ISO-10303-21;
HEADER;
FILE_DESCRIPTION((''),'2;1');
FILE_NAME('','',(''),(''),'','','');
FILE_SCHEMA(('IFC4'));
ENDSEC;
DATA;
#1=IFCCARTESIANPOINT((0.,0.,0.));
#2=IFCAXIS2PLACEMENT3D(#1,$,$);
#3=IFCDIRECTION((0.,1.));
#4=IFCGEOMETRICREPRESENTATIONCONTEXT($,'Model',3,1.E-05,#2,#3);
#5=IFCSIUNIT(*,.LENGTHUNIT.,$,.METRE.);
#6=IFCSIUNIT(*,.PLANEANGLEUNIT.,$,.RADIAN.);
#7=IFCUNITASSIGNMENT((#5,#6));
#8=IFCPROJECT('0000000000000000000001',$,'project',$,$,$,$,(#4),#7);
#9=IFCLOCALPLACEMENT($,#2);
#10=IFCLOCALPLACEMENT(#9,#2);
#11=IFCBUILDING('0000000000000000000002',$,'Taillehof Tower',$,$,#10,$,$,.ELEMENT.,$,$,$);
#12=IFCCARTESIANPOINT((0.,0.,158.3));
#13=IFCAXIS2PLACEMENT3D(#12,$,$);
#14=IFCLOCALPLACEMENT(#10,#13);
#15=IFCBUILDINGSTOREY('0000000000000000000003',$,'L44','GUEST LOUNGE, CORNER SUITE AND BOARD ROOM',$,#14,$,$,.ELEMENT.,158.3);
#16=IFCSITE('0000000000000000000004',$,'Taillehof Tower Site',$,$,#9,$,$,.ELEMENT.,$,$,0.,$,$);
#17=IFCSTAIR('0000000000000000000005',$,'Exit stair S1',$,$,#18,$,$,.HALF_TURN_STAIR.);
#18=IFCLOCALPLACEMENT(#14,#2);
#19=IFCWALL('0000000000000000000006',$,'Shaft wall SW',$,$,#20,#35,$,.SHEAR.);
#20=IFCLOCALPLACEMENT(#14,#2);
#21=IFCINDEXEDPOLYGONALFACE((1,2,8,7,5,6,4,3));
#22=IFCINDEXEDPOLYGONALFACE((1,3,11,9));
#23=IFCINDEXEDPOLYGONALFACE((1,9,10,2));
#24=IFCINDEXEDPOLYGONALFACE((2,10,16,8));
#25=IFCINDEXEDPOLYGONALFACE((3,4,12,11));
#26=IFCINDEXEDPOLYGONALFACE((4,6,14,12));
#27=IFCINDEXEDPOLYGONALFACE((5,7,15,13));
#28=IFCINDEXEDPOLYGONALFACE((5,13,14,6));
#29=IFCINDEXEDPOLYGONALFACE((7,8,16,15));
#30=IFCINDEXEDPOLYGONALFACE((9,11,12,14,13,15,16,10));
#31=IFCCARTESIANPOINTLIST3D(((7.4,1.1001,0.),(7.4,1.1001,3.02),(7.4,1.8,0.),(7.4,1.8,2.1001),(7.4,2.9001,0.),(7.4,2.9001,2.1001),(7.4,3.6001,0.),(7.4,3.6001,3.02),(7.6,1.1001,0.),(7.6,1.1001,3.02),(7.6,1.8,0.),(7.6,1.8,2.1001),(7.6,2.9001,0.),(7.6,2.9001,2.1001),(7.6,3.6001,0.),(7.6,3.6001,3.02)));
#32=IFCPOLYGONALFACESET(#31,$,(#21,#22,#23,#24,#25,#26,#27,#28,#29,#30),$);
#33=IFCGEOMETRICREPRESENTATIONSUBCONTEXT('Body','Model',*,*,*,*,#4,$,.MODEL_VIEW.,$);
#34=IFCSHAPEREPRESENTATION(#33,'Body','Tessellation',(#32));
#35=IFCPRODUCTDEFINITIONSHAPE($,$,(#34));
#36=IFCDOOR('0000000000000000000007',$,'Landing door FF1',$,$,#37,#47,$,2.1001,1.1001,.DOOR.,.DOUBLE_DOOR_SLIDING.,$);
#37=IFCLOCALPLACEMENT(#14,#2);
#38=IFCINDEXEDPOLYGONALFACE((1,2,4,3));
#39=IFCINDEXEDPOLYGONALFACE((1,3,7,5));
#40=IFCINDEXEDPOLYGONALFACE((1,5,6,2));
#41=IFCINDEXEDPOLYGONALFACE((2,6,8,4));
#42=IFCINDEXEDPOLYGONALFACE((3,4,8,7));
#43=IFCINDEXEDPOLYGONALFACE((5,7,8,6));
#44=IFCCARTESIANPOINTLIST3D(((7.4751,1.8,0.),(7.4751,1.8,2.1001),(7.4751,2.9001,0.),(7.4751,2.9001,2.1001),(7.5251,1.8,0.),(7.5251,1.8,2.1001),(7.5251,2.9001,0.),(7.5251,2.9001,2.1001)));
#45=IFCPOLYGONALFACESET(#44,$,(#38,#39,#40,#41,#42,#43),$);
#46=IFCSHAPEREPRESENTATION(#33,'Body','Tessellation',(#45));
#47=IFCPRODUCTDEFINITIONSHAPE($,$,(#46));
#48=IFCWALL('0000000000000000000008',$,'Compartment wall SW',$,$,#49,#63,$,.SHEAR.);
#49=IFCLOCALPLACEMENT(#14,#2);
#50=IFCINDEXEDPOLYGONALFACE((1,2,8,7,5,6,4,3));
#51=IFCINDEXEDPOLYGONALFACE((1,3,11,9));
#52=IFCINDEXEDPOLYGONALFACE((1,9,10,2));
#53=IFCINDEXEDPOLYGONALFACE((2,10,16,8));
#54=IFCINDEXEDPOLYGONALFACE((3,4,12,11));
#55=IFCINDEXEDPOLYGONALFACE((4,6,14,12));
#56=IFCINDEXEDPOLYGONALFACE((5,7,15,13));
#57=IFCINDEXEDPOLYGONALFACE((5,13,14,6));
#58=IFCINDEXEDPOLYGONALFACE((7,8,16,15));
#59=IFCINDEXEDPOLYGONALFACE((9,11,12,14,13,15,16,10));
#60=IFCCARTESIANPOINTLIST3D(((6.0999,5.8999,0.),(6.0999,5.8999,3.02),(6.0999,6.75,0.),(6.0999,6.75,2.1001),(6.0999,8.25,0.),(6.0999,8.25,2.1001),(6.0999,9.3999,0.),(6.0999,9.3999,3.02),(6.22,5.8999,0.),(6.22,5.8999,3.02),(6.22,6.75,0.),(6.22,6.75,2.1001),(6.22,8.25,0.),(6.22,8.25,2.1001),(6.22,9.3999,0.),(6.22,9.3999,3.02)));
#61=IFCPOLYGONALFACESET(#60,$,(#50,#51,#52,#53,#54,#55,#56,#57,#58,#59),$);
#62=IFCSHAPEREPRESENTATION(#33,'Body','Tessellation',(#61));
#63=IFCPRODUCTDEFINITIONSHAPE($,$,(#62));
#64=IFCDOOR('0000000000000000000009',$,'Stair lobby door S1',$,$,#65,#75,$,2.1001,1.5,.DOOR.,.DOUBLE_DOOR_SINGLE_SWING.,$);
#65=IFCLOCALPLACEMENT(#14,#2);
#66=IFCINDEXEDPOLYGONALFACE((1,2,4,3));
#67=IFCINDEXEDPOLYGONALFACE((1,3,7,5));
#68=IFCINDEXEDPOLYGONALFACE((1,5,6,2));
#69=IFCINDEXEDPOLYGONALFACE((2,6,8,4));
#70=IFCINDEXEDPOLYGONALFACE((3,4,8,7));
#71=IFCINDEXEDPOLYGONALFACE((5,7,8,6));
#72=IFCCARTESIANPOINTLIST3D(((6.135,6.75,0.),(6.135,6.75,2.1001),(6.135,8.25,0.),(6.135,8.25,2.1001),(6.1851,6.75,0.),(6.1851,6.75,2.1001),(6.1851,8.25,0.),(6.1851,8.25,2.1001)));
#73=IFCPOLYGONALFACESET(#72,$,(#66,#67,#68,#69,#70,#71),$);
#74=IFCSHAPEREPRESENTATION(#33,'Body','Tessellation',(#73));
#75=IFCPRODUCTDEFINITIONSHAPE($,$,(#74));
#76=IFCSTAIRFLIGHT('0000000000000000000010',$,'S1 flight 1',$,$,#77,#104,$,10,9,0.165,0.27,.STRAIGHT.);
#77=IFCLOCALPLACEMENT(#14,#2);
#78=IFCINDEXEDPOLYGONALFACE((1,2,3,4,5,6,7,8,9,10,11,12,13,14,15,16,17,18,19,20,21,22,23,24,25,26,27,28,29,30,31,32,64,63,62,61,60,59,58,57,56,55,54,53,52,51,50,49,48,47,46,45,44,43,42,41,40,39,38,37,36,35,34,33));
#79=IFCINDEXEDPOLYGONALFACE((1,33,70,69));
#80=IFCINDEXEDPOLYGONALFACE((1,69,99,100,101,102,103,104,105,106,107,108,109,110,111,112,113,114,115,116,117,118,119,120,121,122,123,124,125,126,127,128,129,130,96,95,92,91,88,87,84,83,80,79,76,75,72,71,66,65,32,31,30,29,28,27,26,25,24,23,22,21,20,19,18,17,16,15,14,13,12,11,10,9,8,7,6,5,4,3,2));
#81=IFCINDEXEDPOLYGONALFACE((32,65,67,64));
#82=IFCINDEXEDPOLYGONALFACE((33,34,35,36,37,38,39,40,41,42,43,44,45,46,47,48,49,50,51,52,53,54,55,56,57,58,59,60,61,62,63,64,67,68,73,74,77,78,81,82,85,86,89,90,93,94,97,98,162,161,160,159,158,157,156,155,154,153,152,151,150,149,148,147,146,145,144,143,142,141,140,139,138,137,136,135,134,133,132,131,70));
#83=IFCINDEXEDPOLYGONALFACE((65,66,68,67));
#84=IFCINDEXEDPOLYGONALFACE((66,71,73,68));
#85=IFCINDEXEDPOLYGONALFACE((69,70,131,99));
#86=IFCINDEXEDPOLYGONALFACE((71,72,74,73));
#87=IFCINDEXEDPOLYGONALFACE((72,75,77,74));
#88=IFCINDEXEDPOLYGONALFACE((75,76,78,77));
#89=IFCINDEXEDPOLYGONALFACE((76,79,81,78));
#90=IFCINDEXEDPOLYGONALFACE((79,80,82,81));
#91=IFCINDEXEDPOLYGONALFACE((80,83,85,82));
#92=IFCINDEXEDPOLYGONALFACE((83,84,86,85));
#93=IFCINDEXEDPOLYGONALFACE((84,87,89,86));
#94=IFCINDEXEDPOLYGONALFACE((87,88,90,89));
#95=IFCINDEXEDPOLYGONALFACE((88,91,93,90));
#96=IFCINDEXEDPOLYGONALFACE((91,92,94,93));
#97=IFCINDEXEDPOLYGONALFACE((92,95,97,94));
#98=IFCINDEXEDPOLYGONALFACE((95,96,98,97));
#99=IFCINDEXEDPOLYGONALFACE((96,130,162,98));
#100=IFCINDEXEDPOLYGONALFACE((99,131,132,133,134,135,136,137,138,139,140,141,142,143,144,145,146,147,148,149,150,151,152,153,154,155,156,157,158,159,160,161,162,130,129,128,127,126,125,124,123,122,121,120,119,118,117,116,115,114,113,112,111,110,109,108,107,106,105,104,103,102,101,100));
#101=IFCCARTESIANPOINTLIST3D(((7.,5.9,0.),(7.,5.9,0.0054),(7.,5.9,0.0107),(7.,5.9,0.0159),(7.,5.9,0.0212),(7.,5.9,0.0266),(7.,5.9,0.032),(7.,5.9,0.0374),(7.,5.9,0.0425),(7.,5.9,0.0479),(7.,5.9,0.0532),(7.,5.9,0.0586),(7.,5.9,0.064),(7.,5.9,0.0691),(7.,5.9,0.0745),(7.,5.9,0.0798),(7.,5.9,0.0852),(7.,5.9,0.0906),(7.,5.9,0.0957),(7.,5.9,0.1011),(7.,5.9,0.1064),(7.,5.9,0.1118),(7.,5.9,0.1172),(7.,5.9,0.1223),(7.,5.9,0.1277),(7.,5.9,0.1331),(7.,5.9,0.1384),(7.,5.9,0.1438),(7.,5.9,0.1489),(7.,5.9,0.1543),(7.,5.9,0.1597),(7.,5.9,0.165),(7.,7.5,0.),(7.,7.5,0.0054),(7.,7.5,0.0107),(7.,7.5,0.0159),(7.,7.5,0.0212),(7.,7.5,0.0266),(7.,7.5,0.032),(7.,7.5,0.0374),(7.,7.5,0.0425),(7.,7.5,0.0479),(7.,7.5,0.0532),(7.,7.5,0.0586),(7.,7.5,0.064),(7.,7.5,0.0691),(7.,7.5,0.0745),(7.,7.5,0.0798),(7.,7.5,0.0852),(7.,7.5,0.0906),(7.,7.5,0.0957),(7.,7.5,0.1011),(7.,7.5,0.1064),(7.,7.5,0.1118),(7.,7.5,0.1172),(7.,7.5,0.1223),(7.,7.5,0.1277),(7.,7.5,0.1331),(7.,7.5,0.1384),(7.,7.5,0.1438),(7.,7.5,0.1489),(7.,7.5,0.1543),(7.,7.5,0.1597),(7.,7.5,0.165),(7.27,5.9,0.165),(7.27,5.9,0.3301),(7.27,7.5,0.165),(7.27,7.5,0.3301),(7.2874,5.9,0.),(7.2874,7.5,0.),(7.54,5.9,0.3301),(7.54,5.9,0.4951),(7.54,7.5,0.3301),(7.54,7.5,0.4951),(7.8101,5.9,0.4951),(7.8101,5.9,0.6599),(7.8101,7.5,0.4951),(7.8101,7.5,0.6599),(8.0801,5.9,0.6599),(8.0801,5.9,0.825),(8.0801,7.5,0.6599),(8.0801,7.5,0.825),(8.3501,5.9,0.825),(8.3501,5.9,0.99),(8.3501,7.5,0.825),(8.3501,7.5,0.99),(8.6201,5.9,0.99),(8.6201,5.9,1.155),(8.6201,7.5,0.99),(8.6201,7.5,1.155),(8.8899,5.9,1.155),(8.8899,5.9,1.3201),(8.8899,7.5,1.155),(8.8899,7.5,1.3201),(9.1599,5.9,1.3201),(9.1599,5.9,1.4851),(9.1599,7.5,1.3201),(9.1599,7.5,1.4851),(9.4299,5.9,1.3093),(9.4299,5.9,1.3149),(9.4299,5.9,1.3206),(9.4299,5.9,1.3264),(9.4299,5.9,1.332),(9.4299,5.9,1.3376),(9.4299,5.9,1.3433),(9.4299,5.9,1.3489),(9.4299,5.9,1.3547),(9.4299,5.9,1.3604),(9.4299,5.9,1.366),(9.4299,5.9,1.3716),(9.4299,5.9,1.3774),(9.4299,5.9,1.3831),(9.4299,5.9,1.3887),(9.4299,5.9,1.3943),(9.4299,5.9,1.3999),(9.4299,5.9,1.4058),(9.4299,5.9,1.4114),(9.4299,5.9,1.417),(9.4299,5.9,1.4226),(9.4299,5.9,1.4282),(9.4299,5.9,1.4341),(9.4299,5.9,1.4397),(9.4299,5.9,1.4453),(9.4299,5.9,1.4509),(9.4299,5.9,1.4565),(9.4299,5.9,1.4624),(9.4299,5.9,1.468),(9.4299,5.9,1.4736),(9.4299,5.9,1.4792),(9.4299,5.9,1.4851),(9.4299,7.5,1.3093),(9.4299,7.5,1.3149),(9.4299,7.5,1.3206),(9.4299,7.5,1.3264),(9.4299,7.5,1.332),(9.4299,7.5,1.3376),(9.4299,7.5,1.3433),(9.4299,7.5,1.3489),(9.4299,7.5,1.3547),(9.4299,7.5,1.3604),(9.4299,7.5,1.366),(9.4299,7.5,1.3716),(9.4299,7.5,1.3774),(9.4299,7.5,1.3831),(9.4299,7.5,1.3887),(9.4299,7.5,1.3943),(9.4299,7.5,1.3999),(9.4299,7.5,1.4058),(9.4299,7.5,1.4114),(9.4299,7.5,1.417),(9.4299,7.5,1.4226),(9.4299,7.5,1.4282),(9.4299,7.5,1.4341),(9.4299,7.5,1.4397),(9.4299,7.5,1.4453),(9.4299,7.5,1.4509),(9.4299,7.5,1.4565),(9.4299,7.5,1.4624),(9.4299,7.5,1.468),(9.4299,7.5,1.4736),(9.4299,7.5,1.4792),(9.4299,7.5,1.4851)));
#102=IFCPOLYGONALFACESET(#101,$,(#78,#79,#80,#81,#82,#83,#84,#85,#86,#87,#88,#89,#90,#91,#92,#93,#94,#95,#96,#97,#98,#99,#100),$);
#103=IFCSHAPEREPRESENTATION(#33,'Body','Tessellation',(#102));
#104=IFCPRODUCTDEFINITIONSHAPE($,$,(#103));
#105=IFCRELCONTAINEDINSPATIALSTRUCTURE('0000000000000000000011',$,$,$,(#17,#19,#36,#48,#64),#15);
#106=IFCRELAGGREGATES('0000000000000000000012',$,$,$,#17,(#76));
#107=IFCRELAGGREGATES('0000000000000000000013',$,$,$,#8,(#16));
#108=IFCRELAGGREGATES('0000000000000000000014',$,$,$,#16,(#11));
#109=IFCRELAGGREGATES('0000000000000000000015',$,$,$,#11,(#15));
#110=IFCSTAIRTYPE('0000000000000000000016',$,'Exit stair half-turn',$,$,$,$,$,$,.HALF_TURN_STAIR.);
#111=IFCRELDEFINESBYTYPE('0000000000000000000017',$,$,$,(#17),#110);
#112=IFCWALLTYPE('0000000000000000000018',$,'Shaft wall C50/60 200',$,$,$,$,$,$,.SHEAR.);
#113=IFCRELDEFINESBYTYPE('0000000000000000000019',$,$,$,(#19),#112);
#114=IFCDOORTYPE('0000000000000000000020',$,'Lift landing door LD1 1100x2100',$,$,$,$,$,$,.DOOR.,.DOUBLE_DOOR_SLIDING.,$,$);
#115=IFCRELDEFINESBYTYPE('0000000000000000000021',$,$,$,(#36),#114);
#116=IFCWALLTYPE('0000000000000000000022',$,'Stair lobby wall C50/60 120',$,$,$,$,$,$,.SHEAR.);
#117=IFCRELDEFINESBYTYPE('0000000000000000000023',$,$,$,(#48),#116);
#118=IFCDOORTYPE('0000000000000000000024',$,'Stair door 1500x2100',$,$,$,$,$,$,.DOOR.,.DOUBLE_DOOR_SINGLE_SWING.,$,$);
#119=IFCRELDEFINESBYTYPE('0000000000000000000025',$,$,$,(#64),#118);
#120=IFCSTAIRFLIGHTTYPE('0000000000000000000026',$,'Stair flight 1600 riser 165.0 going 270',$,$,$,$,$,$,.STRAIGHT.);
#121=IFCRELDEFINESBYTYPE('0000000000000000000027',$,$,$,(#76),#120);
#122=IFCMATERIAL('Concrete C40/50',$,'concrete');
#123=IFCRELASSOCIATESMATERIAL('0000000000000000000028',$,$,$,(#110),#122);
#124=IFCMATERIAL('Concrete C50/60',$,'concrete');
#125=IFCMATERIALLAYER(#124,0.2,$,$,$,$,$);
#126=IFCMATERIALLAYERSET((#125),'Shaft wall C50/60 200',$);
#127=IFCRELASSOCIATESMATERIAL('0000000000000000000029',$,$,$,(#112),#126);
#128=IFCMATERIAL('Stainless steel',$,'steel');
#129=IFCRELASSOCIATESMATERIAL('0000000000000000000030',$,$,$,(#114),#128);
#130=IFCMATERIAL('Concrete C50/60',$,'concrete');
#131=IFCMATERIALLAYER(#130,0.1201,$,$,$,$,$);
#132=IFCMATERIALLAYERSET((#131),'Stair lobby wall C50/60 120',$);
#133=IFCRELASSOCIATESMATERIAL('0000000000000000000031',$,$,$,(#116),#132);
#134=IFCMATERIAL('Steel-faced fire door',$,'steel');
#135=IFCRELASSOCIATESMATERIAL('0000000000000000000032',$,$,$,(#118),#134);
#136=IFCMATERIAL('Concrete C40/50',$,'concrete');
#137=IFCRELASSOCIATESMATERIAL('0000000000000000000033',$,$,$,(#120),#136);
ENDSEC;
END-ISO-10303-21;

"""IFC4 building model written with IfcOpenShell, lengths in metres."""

from ifc_helpers import new_model, si_unit, direction, frame, frame_2d, origin, place, context, subcontext, project, spatial, polyline, rectangle, outline, extrude, material, layer, layer_set, type_object, element, fill, aggregate, save


model = new_model("IFC4")

# Units and contexts
model_context = context("Model", 3, precision=1e-05, world=origin(), true_north=direction((0.0, 1.0)))
body_context = subcontext(model_context, "Body", "Model", "MODEL_VIEW")
ifc_project = project(units=[si_unit("LENGTHUNIT", "METRE"), si_unit("PLANEANGLEUNIT", "RADIAN")], contexts=[model_context])

# Site, building, storey
site_placement = place(None, origin())
site = spatial("IfcSite", under=ifc_project, at=site_placement, Name="Taillehof Tower Site", CompositionType="ELEMENT", RefElevation=0.0)
building_placement = place(site_placement, origin())
building = spatial("IfcBuilding", under=site, at=building_placement, Name="Taillehof Tower", CompositionType="ELEMENT")
storey_placement = place(building_placement, frame((0.0, 0.0, 158.3)))
storey = spatial("IfcBuildingStorey", under=building, at=storey_placement, Name="L44", Description="GUEST LOUNGE, CORNER SUITE AND BOARD ROOM", CompositionType="ELEMENT", Elevation=158.3)

# Stair
ifc_material_1 = material(Name="Concrete C40/50", Category="concrete")
stair_type = type_object("IfcStairType", Name="Exit stair half-turn", PredefinedType="HALF_TURN_STAIR", material=ifc_material_1)
stair_1_placement = place(storey_placement, origin())
stair_1 = element("IfcStair", 1, at=stair_1_placement, inside=storey, type_object=stair_type, Name="Exit stair S1", PredefinedType="HALF_TURN_STAIR")

# Shared definitions
ifc_material_2 = material(Name="Concrete C50/60", Category="concrete")
ifc_layer_1 = layer(ifc_material_2, 0.2)
ifc_layer_set_1 = layer_set([ifc_layer_1], Name="Shaft wall C50/60 200")
wall_type_1 = type_object("IfcWallType", Name="Shaft wall C50/60 200", PredefinedType="SHEAR", material=ifc_layer_set_1)
ifc_material_3 = material(Name="Stainless steel", Category="steel")
door_type_1 = type_object("IfcDoorType", Name="Lift landing door LD1 1100x2100", OperationType="DOUBLE_DOOR_SLIDING", PredefinedType="DOOR", material=ifc_material_3)

# Walls, openings, doors
wall_1_placement = place(storey_placement, frame((7.5, 1.1001, 0.0), z_axis=(0.0, 0.0, 1.0), x_axis=(0.0, 1.0, 0.0)))
wall_1 = element("IfcWall", 2, at=wall_1_placement, inside=storey, type_object=wall_type_1, Name="Shaft wall SW", PredefinedType="SHEAR", context=body_context, shape_type="SweptSolid", body=[
    extrude(rectangle(XDim=2.5, YDim=0.2, at=frame_2d((1.25, 0.0))), origin(), (0.0, 0.0, 1.0), 3.02),
])
opening_1_placement = place(wall_1_placement, frame((0.7, 0.0, 0.0)))
opening_1 = element("IfcOpeningElement", 3, at=opening_1_placement, cuts=wall_1, PredefinedType="OPENING", context=body_context, shape_type="SweptSolid", body=[
    extrude(rectangle(XDim=1.1001, YDim=2.1001, at=frame_2d((0.55, 1.05))), frame((0.0, 0.1099, 0.0), z_axis=(0.0, -1.0, 0.0), x_axis=(1.0, 0.0, 0.0)), (0.0, 0.0, 1.0), 0.22),
])
door_1_placement = place(opening_1_placement, origin())
door_1 = element("IfcDoor", 4, at=door_1_placement, inside=storey, type_object=door_type_1, Name="Landing door FF1", OperationType="DOUBLE_DOOR_SLIDING", OverallHeight=2.1001, OverallWidth=1.1001, PredefinedType="DOOR", context=body_context, shape_type="SweptSolid", body=[
    extrude(rectangle(XDim=1.1001, YDim=2.1001, at=frame_2d((0.55, 1.05))), frame((0.0, 0.0249, 0.0), z_axis=(0.0, -1.0, 0.0), x_axis=(1.0, 0.0, 0.0)), (0.0, 0.0, 1.0), 0.05),
])
fill(opening_1, door_1)
ifc_material_4 = material(Name="Concrete C50/60", Category="concrete")
ifc_layer_2 = layer(ifc_material_4, 0.1201)
ifc_layer_set_2 = layer_set([ifc_layer_2], Name="Stair lobby wall C50/60 120")
wall_type_2 = type_object("IfcWallType", Name="Stair lobby wall C50/60 120", PredefinedType="SHEAR", material=ifc_layer_set_2)
wall_2_placement = place(storey_placement, frame((6.1599, 5.8999, 0.0), z_axis=(0.0, 0.0, 1.0), x_axis=(0.0, 1.0, 0.0)))
wall_2 = element("IfcWall", 5, at=wall_2_placement, inside=storey, type_object=wall_type_2, Name="Compartment wall SW", PredefinedType="SHEAR", context=body_context, shape_type="SweptSolid", body=[
    extrude(rectangle(XDim=3.5, YDim=0.1201, at=frame_2d((1.75, 0.0))), origin(), (0.0, 0.0, 1.0), 3.02),
])
opening_2_placement = place(wall_2_placement, frame((0.8501, 0.0, 0.0)))
opening_2 = element("IfcOpeningElement", 6, at=opening_2_placement, cuts=wall_2, PredefinedType="OPENING", context=body_context, shape_type="SweptSolid", body=[
    extrude(rectangle(XDim=1.5, YDim=2.1001, at=frame_2d((0.75, 1.05))), frame((0.0, 0.0701, 0.0), z_axis=(0.0, -1.0, 0.0), x_axis=(1.0, 0.0, 0.0)), (0.0, 0.0, 1.0), 0.1401),
])
ifc_material_5 = material(Name="Steel-faced fire door", Category="steel")
door_type_2 = type_object("IfcDoorType", Name="Stair door 1500x2100", OperationType="DOUBLE_DOOR_SINGLE_SWING", PredefinedType="DOOR", material=ifc_material_5)
door_2_placement = place(opening_2_placement, origin())
door_2 = element("IfcDoor", 7, at=door_2_placement, inside=storey, type_object=door_type_2, Name="Stair lobby door S1", OperationType="DOUBLE_DOOR_SINGLE_SWING", OverallHeight=2.1001, OverallWidth=1.5, PredefinedType="DOOR", context=body_context, shape_type="SweptSolid", body=[
    extrude(rectangle(XDim=1.5, YDim=2.1001, at=frame_2d((0.75, 1.05))), frame((0.0, 0.0249, 0.0), z_axis=(0.0, -1.0, 0.0), x_axis=(1.0, 0.0, 0.0)), (0.0, 0.0, 1.0), 0.05),
])
fill(opening_2, door_2)

# Stair flight
ifc_material_6 = material(Name="Concrete C40/50", Category="concrete")
stair_flight_type = type_object("IfcStairFlightType", Name="Stair flight 1600 riser 165.0 going 270", PredefinedType="STRAIGHT", material=ifc_material_6)
stair_flight_placement = place(storey_placement, frame((7.0, 6.7, 0.0), z_axis=(0.0, 0.0, 1.0), x_axis=(1.0, 0.0, 0.0)))
stair_flight = element("IfcStairFlight", 8, at=stair_flight_placement, type_object=stair_flight_type, Name="S1 flight 1", NumberOfRisers=10, NumberOfTreads=9, PredefinedType="STRAIGHT", RiserHeight=0.165, TreadLength=0.27, context=body_context, shape_type="SweptSolid", body=[
    extrude(outline(polyline([(0.0, 0.0), (0.0, 0.0054), (0.0, 0.0107), (0.0, 0.0159), (0.0, 0.0212), (0.0, 0.0266), (0.0, 0.032), (0.0, 0.0374), (0.0, 0.0425), (0.0, 0.0479), (0.0, 0.0532), (0.0, 0.0586), (0.0, 0.064), (0.0, 0.0691), (0.0, 0.0745), (0.0, 0.0798), (0.0, 0.0852), (0.0, 0.0906), (0.0, 0.0957), (0.0, 0.1011), (0.0, 0.1064), (0.0, 0.1118), (0.0, 0.1172), (0.0, 0.1223), (0.0, 0.1277), (0.0, 0.1331), (0.0, 0.1384), (0.0, 0.1438), (0.0, 0.1489), (0.0, 0.1543), (0.0, 0.1597), (0.0, 0.165), (0.27, 0.165), (0.27, 0.3301), (0.54, 0.3301), (0.54, 0.4951), (0.8101, 0.4951), (0.8101, 0.6599), (1.0801, 0.6599), (1.0801, 0.825), (1.3501, 0.825), (1.3501, 0.99), (1.6201, 0.99), (1.6201, 1.155), (1.8899, 1.155), (1.8899, 1.3201), (2.1599, 1.3201), (2.1599, 1.4851), (2.4299, 1.4851), (2.4299, 1.4792), (2.4299, 1.4736), (2.4299, 1.468), (2.4299, 1.4624), (2.4299, 1.4565), (2.4299, 1.4509), (2.4299, 1.4453), (2.4299, 1.4397), (2.4299, 1.4341), (2.4299, 1.4282), (2.4299, 1.4226), (2.4299, 1.417), (2.4299, 1.4114), (2.4299, 1.4058), (2.4299, 1.3999), (2.4299, 1.3943), (2.4299, 1.3887), (2.4299, 1.3831), (2.4299, 1.3774), (2.4299, 1.3716), (2.4299, 1.366), (2.4299, 1.3604), (2.4299, 1.3547), (2.4299, 1.3489), (2.4299, 1.3433), (2.4299, 1.3376), (2.4299, 1.332), (2.4299, 1.3264), (2.4299, 1.3206), (2.4299, 1.3149), (2.4299, 1.3093), (0.2874, 0.0), (0.0, 0.0)])), frame((0.0, 0.8, 0.0), z_axis=(0.0, -1.0, 0.0), x_axis=(1.0, 0.0, 0.0)), (0.0, 0.0, 1.0), 1.6),
])
aggregate(stair_1, [stair_flight])

save(model, "model.ifc")
